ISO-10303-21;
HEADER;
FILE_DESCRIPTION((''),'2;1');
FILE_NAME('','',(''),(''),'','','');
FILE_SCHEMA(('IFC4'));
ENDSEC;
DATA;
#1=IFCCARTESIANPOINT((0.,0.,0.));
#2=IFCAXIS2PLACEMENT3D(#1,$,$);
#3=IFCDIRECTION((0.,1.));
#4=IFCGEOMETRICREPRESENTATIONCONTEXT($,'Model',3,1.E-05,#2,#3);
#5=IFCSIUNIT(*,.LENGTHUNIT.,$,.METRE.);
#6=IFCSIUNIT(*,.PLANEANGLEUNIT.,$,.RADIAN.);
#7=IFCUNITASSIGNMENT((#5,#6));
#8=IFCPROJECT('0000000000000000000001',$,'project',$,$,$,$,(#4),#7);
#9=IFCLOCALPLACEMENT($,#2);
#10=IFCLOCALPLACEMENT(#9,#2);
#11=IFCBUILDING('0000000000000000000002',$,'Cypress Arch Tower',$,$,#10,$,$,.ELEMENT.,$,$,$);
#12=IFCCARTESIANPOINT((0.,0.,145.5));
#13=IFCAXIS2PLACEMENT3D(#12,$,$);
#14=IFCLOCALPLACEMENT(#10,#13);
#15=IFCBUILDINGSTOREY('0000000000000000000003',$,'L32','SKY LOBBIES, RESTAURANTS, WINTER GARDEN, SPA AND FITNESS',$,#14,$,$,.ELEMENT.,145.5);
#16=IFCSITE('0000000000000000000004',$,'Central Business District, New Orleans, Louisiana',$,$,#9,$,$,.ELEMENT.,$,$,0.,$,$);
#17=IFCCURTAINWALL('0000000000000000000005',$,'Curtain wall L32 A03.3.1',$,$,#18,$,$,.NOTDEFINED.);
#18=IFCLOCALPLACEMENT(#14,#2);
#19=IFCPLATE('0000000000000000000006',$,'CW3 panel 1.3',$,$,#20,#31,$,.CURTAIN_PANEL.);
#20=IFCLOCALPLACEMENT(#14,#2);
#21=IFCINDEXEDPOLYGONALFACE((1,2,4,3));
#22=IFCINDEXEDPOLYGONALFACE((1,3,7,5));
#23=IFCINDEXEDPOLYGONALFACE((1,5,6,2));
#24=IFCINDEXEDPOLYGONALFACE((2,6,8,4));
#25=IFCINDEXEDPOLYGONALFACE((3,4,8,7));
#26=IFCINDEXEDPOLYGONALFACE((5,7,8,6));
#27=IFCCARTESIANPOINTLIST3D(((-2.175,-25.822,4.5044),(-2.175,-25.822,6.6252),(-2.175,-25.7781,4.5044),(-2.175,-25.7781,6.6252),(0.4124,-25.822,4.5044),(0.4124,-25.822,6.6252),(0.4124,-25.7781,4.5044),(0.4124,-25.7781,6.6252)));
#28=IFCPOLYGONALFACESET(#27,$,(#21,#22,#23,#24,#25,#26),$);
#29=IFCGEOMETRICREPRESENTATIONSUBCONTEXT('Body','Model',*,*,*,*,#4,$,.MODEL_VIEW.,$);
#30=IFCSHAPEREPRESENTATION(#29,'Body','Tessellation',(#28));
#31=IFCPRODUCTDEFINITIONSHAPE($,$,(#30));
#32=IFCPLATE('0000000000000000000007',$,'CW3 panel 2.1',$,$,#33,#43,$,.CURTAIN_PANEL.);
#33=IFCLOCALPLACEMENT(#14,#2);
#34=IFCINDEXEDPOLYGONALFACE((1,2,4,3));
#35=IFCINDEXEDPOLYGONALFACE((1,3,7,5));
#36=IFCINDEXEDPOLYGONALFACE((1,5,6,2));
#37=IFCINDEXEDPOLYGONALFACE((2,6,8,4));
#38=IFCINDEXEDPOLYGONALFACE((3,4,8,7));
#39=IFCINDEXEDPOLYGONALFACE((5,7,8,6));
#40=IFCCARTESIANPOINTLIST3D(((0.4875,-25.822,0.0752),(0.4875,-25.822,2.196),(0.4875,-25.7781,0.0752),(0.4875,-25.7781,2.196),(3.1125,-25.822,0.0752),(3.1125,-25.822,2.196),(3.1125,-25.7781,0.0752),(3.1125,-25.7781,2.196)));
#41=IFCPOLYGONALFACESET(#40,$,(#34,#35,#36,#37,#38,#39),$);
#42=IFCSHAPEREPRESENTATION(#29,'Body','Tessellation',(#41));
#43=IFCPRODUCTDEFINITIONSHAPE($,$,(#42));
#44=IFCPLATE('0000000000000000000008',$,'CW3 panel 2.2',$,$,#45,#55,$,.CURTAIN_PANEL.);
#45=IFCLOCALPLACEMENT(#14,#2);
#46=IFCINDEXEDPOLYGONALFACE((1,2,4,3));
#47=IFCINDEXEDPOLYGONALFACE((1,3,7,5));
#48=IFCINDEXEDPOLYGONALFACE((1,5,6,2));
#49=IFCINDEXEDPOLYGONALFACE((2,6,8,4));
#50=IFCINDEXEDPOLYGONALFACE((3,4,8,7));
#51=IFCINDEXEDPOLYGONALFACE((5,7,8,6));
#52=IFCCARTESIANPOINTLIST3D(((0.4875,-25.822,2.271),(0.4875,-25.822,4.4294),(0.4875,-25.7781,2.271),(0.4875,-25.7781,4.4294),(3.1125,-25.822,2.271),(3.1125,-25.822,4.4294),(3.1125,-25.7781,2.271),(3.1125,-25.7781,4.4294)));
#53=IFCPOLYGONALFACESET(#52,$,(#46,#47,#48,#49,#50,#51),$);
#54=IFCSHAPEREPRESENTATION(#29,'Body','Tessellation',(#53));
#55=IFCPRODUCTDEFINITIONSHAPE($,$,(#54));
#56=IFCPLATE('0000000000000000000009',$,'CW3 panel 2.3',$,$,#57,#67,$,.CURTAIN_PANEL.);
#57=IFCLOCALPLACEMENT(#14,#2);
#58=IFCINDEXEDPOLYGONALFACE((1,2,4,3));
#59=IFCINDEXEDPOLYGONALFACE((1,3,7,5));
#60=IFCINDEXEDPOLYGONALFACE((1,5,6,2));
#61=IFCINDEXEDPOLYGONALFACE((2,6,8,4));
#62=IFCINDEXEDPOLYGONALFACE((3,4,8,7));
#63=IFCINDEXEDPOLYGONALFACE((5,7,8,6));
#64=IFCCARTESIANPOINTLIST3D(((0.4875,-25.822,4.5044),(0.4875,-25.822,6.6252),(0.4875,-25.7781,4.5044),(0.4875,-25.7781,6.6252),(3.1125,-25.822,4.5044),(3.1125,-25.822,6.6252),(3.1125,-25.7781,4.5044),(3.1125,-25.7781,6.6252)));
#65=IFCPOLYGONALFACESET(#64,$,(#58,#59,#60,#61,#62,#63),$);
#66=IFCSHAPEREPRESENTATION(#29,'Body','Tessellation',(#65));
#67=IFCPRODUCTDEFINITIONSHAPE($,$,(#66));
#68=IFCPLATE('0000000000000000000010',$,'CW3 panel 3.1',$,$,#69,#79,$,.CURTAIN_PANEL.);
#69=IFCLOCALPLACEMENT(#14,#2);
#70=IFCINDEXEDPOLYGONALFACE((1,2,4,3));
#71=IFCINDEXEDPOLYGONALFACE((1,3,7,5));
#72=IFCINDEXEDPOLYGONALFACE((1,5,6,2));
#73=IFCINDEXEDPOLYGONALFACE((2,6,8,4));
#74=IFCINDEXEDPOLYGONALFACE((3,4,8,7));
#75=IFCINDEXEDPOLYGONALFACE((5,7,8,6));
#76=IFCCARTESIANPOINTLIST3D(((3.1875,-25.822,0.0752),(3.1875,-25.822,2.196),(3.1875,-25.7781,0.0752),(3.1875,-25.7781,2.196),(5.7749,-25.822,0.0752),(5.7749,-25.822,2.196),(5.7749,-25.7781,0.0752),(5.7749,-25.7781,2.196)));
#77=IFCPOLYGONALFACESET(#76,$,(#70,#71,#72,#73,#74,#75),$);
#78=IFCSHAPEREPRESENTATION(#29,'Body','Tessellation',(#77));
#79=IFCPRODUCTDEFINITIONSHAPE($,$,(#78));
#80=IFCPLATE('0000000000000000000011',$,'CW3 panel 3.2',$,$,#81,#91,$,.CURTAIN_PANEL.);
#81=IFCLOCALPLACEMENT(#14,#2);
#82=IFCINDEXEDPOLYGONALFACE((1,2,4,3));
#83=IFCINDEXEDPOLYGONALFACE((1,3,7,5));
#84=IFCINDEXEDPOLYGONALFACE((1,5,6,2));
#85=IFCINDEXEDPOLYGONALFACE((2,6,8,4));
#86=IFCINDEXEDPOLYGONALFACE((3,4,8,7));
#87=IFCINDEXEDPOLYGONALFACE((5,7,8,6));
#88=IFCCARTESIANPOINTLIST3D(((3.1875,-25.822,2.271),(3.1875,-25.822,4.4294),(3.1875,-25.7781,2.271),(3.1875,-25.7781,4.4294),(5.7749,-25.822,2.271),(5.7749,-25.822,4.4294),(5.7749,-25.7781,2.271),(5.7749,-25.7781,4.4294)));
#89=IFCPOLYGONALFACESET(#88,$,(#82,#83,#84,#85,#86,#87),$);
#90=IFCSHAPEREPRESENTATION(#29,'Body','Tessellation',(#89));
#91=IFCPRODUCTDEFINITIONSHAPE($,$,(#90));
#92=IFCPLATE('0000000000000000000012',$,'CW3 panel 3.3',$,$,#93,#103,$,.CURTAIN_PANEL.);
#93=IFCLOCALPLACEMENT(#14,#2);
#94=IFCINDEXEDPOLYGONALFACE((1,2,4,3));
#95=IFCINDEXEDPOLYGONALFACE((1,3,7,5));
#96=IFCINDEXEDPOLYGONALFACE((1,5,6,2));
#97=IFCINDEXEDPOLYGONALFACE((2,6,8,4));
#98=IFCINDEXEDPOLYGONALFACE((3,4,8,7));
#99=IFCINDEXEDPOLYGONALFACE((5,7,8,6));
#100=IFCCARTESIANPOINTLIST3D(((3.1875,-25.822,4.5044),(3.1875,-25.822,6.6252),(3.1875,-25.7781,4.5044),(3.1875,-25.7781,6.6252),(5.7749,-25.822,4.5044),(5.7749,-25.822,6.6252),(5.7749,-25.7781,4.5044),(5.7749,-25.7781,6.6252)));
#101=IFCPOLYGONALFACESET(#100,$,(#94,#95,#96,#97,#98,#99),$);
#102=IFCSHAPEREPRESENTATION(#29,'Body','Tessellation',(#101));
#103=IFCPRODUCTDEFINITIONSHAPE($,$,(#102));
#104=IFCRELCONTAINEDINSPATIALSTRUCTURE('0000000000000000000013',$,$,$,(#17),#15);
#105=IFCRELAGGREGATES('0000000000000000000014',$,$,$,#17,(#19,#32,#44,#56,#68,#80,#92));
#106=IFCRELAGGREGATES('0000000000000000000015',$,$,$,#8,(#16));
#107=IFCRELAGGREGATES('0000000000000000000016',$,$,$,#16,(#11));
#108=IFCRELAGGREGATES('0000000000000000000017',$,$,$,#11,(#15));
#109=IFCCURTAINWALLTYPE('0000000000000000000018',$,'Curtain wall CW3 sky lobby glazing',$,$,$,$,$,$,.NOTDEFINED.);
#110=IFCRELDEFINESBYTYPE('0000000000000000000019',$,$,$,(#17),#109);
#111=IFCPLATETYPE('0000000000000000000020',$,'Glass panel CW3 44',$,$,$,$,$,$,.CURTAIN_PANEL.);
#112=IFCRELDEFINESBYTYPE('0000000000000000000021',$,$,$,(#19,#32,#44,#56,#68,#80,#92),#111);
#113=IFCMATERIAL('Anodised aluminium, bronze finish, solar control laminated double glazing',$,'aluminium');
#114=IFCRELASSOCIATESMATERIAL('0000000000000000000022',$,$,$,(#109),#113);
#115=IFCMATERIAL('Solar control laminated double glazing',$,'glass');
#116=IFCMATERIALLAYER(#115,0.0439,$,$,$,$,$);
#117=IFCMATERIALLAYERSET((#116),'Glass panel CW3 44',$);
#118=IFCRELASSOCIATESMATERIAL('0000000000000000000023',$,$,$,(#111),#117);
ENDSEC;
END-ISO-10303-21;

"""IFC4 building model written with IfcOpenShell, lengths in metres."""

from ifc_helpers import new_model, si_unit, direction, frame, origin, origin_2d, place, context, subcontext, project, spatial, rectangle, extrude, material, layer, layer_set, type_object, element, aggregate, save


model = new_model("IFC4")

# Units and contexts
model_context = context("Model", 3, precision=1e-05, world=origin(), true_north=direction((0.0, 1.0)))
body_context = subcontext(model_context, "Body", "Model", "MODEL_VIEW")
ifc_project = project(units=[si_unit("LENGTHUNIT", "METRE"), si_unit("PLANEANGLEUNIT", "RADIAN")], contexts=[model_context])

# Site, building, storey
site_placement = place(None, origin())
site = spatial("IfcSite", under=ifc_project, at=site_placement, Name="Central Business District, New Orleans, Louisiana", CompositionType="ELEMENT", RefElevation=0.0)
building_placement = place(site_placement, origin())
building = spatial("IfcBuilding", under=site, at=building_placement, Name="Cypress Arch Tower", CompositionType="ELEMENT")
storey_placement = place(building_placement, frame((0.0, 0.0, 145.5)))
storey = spatial("IfcBuildingStorey", under=building, at=storey_placement, Name="L32", Description="SKY LOBBIES, RESTAURANTS, WINTER GARDEN, SPA AND FITNESS", CompositionType="ELEMENT", Elevation=145.5)

# Curtain wall
ifc_material_1 = material(Name="Anodised aluminium, bronze finish, solar control laminated double glazing", Category="aluminium")
curtain_wall_type = type_object("IfcCurtainWallType", Name="Curtain wall CW3 sky lobby glazing", PredefinedType="NOTDEFINED", material=ifc_material_1)
curtain_wall_1_placement = place(storey_placement, origin())
curtain_wall_1 = element("IfcCurtainWall", 1, at=curtain_wall_1_placement, inside=storey, type_object=curtain_wall_type, Name="Curtain wall L32 A03.3.1", PredefinedType="NOTDEFINED")

# Plates
ifc_material_2 = material(Name="Solar control laminated double glazing", Category="glass")
ifc_layer = layer(ifc_material_2, 0.0439)
ifc_layer_set = layer_set([ifc_layer], Name="Glass panel CW3 44")
plate_type = type_object("IfcPlateType", Name="Glass panel CW3 44", PredefinedType="CURTAIN_PANEL", material=ifc_layer_set)
plate_1_placement = place(storey_placement, frame((-0.8813, -25.8, 4.5044), z_axis=(0.0, 0.0, 1.0), x_axis=(1.0, 0.0, 0.0)))
plate_1 = element("IfcPlate", 2, at=plate_1_placement, type_object=plate_type, Name="CW3 panel 1.3", PredefinedType="CURTAIN_PANEL", context=body_context, shape_type="SweptSolid", body=[
    extrude(rectangle(XDim=2.5874, YDim=0.0439, at=origin_2d()), origin(), (0.0, 0.0, 1.0), 2.1208),
])
plate_2_placement = place(storey_placement, frame((1.8, -25.8, 0.0752), z_axis=(0.0, 0.0, 1.0), x_axis=(1.0, 0.0, 0.0)))
plate_2 = element("IfcPlate", 3, at=plate_2_placement, type_object=plate_type, Name="CW3 panel 2.1", PredefinedType="CURTAIN_PANEL", context=body_context, shape_type="SweptSolid", body=[
    extrude(rectangle(XDim=2.625, YDim=0.0439, at=origin_2d()), origin(), (0.0, 0.0, 1.0), 2.1208),
])
plate_3_placement = place(storey_placement, frame((1.8, -25.8, 2.271), z_axis=(0.0, 0.0, 1.0), x_axis=(1.0, 0.0, 0.0)))
plate_3 = element("IfcPlate", 4, at=plate_3_placement, type_object=plate_type, Name="CW3 panel 2.2", PredefinedType="CURTAIN_PANEL", context=body_context, shape_type="SweptSolid", body=[
    extrude(rectangle(XDim=2.625, YDim=0.0439, at=origin_2d()), origin(), (0.0, 0.0, 1.0), 2.1584),
])
plate_4_placement = place(storey_placement, frame((1.8, -25.8, 4.5044), z_axis=(0.0, 0.0, 1.0), x_axis=(1.0, 0.0, 0.0)))
plate_4 = element("IfcPlate", 5, at=plate_4_placement, type_object=plate_type, Name="CW3 panel 2.3", PredefinedType="CURTAIN_PANEL", context=body_context, shape_type="SweptSolid", body=[
    extrude(rectangle(XDim=2.625, YDim=0.0439, at=origin_2d()), origin(), (0.0, 0.0, 1.0), 2.1208),
])
plate_5_placement = place(storey_placement, frame((4.4812, -25.8, 0.0752), z_axis=(0.0, 0.0, 1.0), x_axis=(1.0, 0.0, 0.0)))
plate_5 = element("IfcPlate", 6, at=plate_5_placement, type_object=plate_type, Name="CW3 panel 3.1", PredefinedType="CURTAIN_PANEL", context=body_context, shape_type="SweptSolid", body=[
    extrude(rectangle(XDim=2.5874, YDim=0.0439, at=origin_2d()), origin(), (0.0, 0.0, 1.0), 2.1208),
])
plate_6_placement = place(storey_placement, frame((4.4812, -25.8, 2.271), z_axis=(0.0, 0.0, 1.0), x_axis=(1.0, 0.0, 0.0)))
plate_6 = element("IfcPlate", 7, at=plate_6_placement, type_object=plate_type, Name="CW3 panel 3.2", PredefinedType="CURTAIN_PANEL", context=body_context, shape_type="SweptSolid", body=[
    extrude(rectangle(XDim=2.5874, YDim=0.0439, at=origin_2d()), origin(), (0.0, 0.0, 1.0), 2.1584),
])
plate_7_placement = place(storey_placement, frame((4.4812, -25.8, 4.5044), z_axis=(0.0, 0.0, 1.0), x_axis=(1.0, 0.0, 0.0)))
plate_7 = element("IfcPlate", 8, at=plate_7_placement, type_object=plate_type, Name="CW3 panel 3.3", PredefinedType="CURTAIN_PANEL", context=body_context, shape_type="SweptSolid", body=[
    extrude(rectangle(XDim=2.5874, YDim=0.0439, at=origin_2d()), origin(), (0.0, 0.0, 1.0), 2.1208),
])
aggregate(curtain_wall_1, [plate_1, plate_2, plate_3, plate_4, plate_5, plate_6, plate_7])

save(model, "model.ifc")
